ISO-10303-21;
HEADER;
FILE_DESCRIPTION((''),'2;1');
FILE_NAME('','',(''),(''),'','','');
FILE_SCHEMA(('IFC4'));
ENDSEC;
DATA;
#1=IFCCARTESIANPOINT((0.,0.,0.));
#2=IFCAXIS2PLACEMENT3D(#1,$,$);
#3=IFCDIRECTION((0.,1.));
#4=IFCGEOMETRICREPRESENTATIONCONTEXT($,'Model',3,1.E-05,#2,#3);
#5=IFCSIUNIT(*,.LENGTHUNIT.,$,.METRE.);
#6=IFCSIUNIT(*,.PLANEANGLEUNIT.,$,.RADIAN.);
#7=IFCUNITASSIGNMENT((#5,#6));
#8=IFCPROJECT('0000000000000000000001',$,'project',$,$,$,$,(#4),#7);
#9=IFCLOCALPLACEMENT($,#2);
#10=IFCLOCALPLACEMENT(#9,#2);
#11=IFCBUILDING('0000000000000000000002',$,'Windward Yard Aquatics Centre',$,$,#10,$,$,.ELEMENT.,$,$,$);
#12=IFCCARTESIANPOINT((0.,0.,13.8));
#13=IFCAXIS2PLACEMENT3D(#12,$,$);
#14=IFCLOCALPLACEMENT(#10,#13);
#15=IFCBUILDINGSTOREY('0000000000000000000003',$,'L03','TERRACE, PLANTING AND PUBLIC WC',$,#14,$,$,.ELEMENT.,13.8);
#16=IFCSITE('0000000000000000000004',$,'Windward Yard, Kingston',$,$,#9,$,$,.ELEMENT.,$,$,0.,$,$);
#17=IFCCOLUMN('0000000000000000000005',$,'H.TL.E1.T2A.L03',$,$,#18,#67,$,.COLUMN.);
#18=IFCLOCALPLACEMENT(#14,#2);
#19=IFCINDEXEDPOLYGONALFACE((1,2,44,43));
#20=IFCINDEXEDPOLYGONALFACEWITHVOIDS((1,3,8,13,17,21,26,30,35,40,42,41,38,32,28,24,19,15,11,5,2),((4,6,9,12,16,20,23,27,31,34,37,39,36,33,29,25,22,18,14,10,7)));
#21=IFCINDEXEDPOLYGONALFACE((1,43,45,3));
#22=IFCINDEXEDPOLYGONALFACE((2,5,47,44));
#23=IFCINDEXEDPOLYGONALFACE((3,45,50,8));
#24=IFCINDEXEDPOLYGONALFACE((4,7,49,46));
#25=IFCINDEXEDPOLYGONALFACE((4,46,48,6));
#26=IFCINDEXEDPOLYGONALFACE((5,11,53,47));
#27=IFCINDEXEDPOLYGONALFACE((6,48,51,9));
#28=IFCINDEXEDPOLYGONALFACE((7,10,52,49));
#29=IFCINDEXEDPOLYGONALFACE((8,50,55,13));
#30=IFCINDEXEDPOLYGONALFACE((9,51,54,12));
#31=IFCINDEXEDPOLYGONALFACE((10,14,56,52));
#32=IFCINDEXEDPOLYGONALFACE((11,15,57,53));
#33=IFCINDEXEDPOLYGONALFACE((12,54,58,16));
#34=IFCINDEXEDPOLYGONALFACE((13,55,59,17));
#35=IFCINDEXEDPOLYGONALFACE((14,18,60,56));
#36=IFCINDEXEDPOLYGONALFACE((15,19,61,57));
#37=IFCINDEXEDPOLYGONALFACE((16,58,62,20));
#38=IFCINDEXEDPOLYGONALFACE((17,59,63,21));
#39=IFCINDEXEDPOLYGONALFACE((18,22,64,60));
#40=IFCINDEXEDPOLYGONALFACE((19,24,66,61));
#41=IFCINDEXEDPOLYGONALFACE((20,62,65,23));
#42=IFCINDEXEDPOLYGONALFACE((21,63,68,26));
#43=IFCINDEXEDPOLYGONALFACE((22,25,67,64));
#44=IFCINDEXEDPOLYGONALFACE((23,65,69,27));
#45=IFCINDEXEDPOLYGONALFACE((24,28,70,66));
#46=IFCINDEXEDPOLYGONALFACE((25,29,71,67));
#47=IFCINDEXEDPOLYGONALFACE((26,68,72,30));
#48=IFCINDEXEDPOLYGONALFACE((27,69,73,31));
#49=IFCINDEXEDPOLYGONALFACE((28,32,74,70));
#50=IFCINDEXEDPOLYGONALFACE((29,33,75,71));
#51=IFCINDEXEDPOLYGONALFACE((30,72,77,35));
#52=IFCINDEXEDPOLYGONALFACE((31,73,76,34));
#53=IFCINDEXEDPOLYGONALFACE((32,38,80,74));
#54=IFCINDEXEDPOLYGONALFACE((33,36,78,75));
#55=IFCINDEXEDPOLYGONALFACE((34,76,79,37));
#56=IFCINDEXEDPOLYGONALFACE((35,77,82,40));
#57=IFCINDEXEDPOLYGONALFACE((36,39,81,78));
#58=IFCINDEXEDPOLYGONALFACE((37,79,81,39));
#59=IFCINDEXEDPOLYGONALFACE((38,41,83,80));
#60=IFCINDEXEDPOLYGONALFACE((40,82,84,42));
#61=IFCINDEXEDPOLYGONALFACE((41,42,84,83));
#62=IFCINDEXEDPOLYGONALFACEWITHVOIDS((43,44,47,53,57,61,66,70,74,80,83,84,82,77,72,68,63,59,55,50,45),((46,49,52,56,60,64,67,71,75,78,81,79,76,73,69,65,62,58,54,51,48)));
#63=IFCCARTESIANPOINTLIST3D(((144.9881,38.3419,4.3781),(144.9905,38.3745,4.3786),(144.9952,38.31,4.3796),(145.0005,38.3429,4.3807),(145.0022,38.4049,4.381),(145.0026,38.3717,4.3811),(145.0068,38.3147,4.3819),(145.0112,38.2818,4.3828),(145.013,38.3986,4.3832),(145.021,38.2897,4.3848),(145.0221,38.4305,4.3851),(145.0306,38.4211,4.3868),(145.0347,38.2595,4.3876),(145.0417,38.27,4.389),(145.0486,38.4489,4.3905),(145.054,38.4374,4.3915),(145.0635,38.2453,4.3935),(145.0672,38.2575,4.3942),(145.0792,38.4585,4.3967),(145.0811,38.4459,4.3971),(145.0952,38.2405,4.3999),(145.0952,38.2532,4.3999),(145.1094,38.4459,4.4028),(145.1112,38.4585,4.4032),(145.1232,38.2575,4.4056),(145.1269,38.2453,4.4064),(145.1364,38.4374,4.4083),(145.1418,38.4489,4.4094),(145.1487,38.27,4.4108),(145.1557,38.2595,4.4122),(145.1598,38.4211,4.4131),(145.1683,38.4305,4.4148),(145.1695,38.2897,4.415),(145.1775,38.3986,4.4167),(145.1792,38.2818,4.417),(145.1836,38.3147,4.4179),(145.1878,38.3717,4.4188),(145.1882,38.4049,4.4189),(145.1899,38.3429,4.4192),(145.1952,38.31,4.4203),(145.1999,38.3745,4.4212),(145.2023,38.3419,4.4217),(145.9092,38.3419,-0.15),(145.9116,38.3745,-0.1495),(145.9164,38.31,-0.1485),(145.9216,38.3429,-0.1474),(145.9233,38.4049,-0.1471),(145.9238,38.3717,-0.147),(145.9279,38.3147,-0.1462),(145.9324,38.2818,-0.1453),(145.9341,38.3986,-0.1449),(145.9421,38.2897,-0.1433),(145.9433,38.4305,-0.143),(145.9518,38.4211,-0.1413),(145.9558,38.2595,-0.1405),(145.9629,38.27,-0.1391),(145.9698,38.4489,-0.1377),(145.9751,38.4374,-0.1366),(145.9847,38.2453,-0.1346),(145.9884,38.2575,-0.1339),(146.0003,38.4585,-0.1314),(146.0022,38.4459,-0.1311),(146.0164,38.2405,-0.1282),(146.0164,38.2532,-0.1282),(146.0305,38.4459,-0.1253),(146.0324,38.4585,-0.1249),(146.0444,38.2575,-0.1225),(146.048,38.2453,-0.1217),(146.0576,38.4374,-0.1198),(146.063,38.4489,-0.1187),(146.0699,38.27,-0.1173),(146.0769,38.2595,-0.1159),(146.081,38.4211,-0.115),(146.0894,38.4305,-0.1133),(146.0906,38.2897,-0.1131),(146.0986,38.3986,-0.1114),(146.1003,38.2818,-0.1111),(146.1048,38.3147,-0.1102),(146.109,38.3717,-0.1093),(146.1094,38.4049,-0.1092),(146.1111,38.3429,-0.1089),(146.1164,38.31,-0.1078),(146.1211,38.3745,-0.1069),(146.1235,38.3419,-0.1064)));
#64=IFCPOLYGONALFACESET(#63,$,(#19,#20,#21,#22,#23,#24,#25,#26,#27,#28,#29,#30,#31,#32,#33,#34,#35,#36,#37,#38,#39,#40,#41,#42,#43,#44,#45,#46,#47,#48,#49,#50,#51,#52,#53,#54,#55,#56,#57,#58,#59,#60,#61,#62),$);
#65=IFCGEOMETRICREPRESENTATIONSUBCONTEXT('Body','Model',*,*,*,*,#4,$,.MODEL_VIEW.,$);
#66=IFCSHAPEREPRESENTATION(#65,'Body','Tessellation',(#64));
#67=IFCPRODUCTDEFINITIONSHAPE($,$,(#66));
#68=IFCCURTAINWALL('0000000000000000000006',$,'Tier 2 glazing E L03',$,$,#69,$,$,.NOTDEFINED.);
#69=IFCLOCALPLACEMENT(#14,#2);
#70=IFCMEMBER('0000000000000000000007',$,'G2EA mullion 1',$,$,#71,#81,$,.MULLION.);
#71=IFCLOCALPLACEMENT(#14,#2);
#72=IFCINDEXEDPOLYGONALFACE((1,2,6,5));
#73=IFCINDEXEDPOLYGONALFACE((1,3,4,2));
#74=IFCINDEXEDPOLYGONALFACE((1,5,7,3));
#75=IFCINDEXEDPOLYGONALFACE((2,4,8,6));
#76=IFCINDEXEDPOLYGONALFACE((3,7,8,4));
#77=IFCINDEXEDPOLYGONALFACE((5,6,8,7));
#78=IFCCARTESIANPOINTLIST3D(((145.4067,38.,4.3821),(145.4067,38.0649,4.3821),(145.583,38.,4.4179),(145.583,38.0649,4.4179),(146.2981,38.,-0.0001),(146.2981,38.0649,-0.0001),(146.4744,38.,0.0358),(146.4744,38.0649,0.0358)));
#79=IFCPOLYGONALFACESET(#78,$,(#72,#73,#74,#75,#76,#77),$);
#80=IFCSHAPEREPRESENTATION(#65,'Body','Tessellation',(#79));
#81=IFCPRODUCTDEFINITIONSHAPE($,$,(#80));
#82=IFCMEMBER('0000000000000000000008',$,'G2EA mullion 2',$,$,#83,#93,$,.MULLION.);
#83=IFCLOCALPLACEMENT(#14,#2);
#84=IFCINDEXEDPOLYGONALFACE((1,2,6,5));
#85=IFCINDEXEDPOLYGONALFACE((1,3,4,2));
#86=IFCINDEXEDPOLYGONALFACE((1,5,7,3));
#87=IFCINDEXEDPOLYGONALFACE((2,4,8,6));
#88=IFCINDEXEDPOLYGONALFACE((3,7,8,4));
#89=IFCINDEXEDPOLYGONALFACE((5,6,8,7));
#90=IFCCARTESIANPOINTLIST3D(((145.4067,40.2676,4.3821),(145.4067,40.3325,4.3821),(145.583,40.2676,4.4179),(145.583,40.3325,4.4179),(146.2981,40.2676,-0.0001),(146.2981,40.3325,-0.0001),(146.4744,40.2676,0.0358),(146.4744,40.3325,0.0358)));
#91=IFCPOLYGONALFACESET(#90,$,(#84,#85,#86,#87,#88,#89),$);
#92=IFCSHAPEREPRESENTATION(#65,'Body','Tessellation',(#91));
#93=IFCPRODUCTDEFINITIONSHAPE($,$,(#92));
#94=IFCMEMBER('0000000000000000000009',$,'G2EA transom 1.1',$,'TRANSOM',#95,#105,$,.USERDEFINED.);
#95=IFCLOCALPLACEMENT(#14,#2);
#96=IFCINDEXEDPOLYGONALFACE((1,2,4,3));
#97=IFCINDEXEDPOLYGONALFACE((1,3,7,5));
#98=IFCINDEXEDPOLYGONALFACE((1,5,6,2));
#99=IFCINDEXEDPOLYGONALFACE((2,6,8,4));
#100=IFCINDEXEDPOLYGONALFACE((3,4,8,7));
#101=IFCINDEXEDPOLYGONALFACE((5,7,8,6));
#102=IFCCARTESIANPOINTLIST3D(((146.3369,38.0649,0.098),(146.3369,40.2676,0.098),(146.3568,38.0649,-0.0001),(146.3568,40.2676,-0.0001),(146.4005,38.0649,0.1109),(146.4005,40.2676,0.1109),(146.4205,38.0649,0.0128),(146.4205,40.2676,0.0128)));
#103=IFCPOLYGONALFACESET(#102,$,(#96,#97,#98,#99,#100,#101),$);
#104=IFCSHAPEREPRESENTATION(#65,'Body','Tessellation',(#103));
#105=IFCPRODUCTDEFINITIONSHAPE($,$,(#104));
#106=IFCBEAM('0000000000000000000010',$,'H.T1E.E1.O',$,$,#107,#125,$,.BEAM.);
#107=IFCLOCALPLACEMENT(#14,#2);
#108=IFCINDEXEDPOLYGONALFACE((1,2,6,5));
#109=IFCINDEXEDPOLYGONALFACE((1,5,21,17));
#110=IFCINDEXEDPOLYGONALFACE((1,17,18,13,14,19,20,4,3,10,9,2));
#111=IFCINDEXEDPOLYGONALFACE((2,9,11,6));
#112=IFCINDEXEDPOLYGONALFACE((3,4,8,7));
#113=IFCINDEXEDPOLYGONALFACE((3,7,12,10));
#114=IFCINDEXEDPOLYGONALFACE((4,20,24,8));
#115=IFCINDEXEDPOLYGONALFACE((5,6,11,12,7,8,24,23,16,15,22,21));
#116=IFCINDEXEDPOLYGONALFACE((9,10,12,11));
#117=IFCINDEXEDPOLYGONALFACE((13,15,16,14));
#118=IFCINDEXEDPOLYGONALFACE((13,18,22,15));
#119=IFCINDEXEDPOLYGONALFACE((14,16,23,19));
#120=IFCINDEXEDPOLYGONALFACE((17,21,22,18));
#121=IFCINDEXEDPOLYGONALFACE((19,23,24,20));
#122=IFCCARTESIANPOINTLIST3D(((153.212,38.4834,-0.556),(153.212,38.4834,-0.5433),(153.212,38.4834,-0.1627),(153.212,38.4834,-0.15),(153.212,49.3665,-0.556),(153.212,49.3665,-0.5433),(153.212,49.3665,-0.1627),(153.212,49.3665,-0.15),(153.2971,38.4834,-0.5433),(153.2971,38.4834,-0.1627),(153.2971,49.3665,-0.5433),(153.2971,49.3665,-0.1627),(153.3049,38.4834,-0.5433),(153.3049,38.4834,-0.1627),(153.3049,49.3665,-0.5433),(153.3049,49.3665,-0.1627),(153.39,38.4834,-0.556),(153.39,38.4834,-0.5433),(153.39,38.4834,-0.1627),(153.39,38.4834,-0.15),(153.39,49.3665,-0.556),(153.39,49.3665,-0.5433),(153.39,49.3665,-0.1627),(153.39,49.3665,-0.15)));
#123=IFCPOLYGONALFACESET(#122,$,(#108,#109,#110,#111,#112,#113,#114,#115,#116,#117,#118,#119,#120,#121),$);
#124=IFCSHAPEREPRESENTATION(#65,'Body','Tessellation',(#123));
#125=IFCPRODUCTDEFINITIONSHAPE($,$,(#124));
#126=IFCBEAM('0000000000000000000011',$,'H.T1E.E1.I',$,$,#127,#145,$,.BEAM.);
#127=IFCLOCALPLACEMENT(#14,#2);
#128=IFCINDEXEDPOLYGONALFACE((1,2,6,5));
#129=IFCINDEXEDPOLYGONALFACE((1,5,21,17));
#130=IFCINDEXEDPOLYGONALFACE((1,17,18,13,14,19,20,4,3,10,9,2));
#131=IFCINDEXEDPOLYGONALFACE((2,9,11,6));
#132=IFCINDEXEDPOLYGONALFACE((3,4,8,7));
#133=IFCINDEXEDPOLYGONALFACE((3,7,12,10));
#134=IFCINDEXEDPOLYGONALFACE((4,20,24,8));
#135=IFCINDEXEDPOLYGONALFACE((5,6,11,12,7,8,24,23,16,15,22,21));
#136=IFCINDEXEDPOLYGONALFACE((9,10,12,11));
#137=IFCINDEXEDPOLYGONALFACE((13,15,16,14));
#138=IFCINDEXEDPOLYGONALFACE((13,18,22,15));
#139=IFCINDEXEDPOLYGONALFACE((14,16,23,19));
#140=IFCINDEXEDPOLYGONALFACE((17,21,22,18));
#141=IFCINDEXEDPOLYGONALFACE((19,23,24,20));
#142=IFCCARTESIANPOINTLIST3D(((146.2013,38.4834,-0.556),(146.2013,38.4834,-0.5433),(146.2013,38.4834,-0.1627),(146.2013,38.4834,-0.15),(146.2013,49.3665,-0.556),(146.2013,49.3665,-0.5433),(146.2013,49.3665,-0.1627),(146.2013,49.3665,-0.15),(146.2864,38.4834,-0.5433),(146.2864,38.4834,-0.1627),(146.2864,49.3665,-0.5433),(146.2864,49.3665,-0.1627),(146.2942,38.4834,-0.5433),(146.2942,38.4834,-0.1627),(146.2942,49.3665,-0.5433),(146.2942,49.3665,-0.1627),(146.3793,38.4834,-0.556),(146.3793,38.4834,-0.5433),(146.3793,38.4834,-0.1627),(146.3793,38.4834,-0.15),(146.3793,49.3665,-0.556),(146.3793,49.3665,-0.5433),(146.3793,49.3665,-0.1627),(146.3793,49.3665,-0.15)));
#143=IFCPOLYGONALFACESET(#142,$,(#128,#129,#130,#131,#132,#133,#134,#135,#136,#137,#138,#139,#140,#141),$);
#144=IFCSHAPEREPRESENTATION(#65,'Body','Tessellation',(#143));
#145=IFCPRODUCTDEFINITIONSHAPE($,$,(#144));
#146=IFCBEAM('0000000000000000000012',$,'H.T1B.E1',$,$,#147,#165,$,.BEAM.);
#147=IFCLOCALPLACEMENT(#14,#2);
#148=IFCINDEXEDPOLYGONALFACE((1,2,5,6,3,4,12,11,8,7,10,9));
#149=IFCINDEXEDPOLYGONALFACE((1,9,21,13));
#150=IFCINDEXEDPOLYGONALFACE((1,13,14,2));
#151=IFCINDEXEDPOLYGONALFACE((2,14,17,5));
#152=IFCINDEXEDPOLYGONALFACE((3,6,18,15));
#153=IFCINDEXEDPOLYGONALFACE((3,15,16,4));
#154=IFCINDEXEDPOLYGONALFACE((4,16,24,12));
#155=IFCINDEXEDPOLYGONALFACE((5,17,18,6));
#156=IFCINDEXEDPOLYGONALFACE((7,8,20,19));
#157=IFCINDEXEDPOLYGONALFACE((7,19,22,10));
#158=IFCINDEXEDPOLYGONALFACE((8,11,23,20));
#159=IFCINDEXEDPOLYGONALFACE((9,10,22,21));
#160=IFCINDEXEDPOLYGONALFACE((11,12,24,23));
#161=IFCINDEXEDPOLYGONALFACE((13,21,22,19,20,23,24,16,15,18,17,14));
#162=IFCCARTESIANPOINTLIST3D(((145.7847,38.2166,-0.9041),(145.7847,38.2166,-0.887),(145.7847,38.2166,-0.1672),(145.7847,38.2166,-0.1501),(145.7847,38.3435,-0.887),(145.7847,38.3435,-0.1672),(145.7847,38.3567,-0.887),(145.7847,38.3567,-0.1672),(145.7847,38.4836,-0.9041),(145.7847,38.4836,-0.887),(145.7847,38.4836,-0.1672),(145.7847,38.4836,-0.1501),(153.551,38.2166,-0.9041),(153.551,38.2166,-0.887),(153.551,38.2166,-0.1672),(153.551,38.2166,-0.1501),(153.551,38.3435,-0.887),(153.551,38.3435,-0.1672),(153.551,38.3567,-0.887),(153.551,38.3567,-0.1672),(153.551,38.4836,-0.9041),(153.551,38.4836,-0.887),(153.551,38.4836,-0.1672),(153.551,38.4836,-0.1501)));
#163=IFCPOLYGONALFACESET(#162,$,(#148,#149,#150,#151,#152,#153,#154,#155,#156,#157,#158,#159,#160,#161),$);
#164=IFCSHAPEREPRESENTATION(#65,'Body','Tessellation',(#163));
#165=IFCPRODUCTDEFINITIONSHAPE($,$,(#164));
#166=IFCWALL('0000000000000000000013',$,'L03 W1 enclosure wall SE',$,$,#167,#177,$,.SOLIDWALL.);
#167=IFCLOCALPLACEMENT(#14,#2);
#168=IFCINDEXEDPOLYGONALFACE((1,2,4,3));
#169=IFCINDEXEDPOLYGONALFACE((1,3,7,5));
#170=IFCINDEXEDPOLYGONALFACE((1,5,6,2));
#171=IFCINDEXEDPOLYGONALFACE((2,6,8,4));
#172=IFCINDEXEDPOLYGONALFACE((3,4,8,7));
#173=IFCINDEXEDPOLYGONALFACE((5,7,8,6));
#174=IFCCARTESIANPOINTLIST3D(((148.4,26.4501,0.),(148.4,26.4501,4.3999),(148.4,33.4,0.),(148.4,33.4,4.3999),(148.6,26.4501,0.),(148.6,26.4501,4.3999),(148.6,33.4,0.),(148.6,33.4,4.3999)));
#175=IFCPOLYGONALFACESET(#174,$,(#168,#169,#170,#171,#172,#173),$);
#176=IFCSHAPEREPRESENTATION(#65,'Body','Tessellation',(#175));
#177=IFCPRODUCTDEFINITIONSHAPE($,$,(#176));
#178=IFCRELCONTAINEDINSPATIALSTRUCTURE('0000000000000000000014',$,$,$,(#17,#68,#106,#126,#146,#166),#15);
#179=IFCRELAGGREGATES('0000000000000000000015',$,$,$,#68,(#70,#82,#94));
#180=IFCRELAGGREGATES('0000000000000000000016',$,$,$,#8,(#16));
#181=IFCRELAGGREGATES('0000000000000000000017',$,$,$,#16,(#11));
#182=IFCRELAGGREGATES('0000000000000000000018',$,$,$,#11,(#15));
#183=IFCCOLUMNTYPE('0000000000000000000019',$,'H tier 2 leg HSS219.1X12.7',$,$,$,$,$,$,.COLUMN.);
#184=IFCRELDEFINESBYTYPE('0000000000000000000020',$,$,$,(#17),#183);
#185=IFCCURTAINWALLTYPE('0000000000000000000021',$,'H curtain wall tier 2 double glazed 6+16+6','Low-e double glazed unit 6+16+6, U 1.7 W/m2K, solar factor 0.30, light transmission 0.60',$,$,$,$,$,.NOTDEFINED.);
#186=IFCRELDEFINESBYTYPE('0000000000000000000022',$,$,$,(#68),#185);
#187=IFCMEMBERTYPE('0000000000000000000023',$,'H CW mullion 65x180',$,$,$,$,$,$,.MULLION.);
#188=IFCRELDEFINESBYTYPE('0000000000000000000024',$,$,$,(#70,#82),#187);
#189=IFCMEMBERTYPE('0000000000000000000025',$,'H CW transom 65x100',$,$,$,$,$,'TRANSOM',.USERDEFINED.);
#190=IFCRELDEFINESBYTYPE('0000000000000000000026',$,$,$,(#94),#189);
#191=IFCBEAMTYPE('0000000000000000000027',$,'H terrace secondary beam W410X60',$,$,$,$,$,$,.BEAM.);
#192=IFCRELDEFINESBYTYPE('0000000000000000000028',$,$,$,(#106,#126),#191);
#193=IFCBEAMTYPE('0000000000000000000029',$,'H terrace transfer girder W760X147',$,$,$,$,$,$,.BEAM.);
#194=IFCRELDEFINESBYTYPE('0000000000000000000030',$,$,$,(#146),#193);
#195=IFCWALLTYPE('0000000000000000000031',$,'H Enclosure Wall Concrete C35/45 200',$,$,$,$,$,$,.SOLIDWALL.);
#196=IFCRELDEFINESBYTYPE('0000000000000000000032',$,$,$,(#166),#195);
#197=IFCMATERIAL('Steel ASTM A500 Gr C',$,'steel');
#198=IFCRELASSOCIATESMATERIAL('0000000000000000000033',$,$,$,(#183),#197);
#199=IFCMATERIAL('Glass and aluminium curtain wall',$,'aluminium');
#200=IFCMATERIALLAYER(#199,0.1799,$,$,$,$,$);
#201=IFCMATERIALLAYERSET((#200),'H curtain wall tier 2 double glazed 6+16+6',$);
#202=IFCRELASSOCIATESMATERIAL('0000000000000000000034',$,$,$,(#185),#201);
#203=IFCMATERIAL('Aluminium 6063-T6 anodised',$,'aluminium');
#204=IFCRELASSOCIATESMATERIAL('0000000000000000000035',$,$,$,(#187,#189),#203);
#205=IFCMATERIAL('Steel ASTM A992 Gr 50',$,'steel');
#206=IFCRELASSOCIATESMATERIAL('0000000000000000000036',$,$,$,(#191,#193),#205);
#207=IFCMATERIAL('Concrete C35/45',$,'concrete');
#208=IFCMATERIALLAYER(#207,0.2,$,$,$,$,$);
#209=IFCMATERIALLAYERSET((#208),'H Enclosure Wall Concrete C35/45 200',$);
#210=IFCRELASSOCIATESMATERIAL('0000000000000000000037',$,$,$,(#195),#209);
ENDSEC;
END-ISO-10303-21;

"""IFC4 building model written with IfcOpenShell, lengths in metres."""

from ifc_helpers import new_model, si_unit, direction, frame, frame_2d, origin, origin_2d, place, context, subcontext, project, spatial, rectangle, hollow_circle, i_section, extrude, material, layer, layer_set, material_profile, profile_set, type_object, element, aggregate, save


model = new_model("IFC4")

# Units and contexts
model_context = context("Model", 3, precision=1e-05, world=origin(), true_north=direction((0.0, 1.0)))
body_context = subcontext(model_context, "Body", "Model", "MODEL_VIEW")
ifc_project = project(units=[si_unit("LENGTHUNIT", "METRE"), si_unit("PLANEANGLEUNIT", "RADIAN")], contexts=[model_context])

# Site, building, storey
site_placement = place(None, origin())
site = spatial("IfcSite", under=ifc_project, at=site_placement, Name="Windward Yard, Kingston", CompositionType="ELEMENT", RefElevation=0.0)
building_placement = place(site_placement, origin())
building = spatial("IfcBuilding", under=site, at=building_placement, Name="Windward Yard Aquatics Centre", CompositionType="ELEMENT")
storey_placement = place(building_placement, frame((0.0, 0.0, 13.8)))
storey = spatial("IfcBuildingStorey", under=building, at=storey_placement, Name="L03", Description="TERRACE, PLANTING AND PUBLIC WC", CompositionType="ELEMENT", Elevation=13.8)

# Column
ifc_material_1 = material(Name="Steel ASTM A500 Gr C", Category="steel")
ifc_material_profile_1 = material_profile(ifc_material_1, hollow_circle(Radius=0.1096, WallThickness=0.0127, at=origin_2d()), Name="HSS219.1X12.7")
ifc_profile_set_1 = profile_set([ifc_material_profile_1], Name="Steel ASTM A500 Gr C")
column_type = type_object("IfcColumnType", Name="H tier 2 leg HSS219.1X12.7", PredefinedType="COLUMN", material=ifc_profile_set_1)
column_placement = place(storey_placement, frame((146.0164, 38.3501, -0.1282), z_axis=(-0.199346, 0.0, 0.979929), x_axis=(0.0, -1.0, 0.0)))
element("IfcColumn", 1, at=column_placement, inside=storey, type_object=column_type, Name="H.TL.E1.T2A.L03", PredefinedType="COLUMN", context=body_context, shape_type="SweptSolid", body=[
    extrude(hollow_circle(Radius=0.1096, WallThickness=0.0127, at=origin_2d()), origin(), (0.0, 0.0, 1.0), 4.6208),
])

# Curtain wall, members
ifc_material_2 = material(Name="Glass and aluminium curtain wall", Category="aluminium")
ifc_layer_1 = layer(ifc_material_2, 0.1799)
ifc_layer_set_1 = layer_set([ifc_layer_1], Name="H curtain wall tier 2 double glazed 6+16+6")
curtain_wall_type = type_object("IfcCurtainWallType", Name="H curtain wall tier 2 double glazed 6+16+6", Description="Low-e double glazed unit 6+16+6, U 1.7 W/m2K, solar factor 0.30, light transmission 0.60", PredefinedType="NOTDEFINED", material=ifc_layer_set_1)
curtain_wall_placement = place(storey_placement, origin())
curtain_wall = element("IfcCurtainWall", 2, at=curtain_wall_placement, inside=storey, type_object=curtain_wall_type, Name="Tier 2 glazing E L03", PredefinedType="NOTDEFINED")
ifc_material_3 = material(Name="Aluminium 6063-T6 anodised", Category="aluminium")
ifc_material_profile_2 = material_profile(ifc_material_3, rectangle(XDim=0.0649, YDim=0.1799, at=origin_2d()), Name="H CW mullion 65x180")
ifc_profile_set_2 = profile_set([ifc_material_profile_2], Name="Aluminium 6063-T6 anodised")
member_type_1 = type_object("IfcMemberType", Name="H CW mullion 65x180", PredefinedType="MULLION", material=ifc_profile_set_2)
member_1_placement = place(storey_placement, frame((146.3862, 38.0325, 0.0178), z_axis=(-0.199328, 0.0, 0.979933), x_axis=(0.0, -1.0, 0.0)))
member_1 = element("IfcMember", 3, at=member_1_placement, type_object=member_type_1, Name="G2EA mullion 1", PredefinedType="MULLION", context=body_context, shape_type="SweptSolid", body=[
    extrude(rectangle(XDim=0.0649, YDim=0.1799, at=origin_2d()), origin(), (0.0, 0.0, 1.0), 4.4719),
])
member_2_placement = place(storey_placement, frame((146.3862, 40.3, 0.0178), z_axis=(-0.199328, 0.0, 0.979933), x_axis=(0.0, -1.0, 0.0)))
member_2 = element("IfcMember", 4, at=member_2_placement, type_object=member_type_1, Name="G2EA mullion 2", PredefinedType="MULLION", context=body_context, shape_type="SweptSolid", body=[
    extrude(rectangle(XDim=0.0649, YDim=0.1799, at=origin_2d()), origin(), (0.0, 0.0, 1.0), 4.4719),
])
ifc_material_profile_3 = material_profile(ifc_material_3, rectangle(XDim=0.0649, YDim=0.1001, at=origin_2d()), Name="H CW transom 65x100")
ifc_profile_set_3 = profile_set([ifc_material_profile_3], Name="Aluminium 6063-T6 anodised")
member_type_2 = type_object("IfcMemberType", Name="H CW transom 65x100", ElementType="TRANSOM", PredefinedType="USERDEFINED", material=ifc_profile_set_3)
member_3_placement = place(storey_placement, frame((146.3787, 38.0649, 0.0554), z_axis=(0.0, 1.0, 0.0), x_axis=(0.979925, 0.0, 0.199368)))
member_3 = element("IfcMember", 5, at=member_3_placement, type_object=member_type_2, Name="G2EA transom 1.1", ObjectType="TRANSOM", PredefinedType="USERDEFINED", context=body_context, shape_type="SweptSolid", body=[
    extrude(rectangle(XDim=0.0649, YDim=0.1001, at=origin_2d()), origin(), (0.0, 0.0, 1.0), 2.2026),
])
aggregate(curtain_wall, [member_1, member_2, member_3])

# Beams
ifc_material_4 = material(Name="Steel ASTM A992 Gr 50", Category="steel")
ifc_material_profile_4 = material_profile(ifc_material_4, i_section(OverallWidth=0.178, OverallDepth=0.406, WebThickness=0.0078, FlangeThickness=0.0127, at=origin_2d()), Name="W410X60")
ifc_profile_set_4 = profile_set([ifc_material_profile_4], Name="Steel ASTM A992 Gr 50")
beam_type_1 = type_object("IfcBeamType", Name="H terrace secondary beam W410X60", PredefinedType="BEAM", material=ifc_profile_set_4)
for number, where, z_axis, x_axis, name in (
    (6, (153.301, 38.4834, -0.353), (0.0, 1.0, 0.0), (-1.0, 0.0, 0.0), "H.T1E.E1.O"),
    (7, (146.2903, 38.4834, -0.353), (0.0, 1.0, 0.0), (-1.0, 0.0, 0.0), "H.T1E.E1.I"),
):
    element("IfcBeam", number, at=place(storey_placement, frame(where, z_axis=z_axis, x_axis=x_axis)), inside=storey, type_object=beam_type_1, Name=name, PredefinedType="BEAM", context=body_context, shape_type="SweptSolid", body=[
        extrude(i_section(OverallWidth=0.178, OverallDepth=0.406, WebThickness=0.0078, FlangeThickness=0.0127, at=origin_2d()), origin(), (0.0, 0.0, 1.0), 10.8831),
    ])
ifc_material_profile_5 = material_profile(ifc_material_4, i_section(OverallWidth=0.2671, OverallDepth=0.7539, WebThickness=0.0132, FlangeThickness=0.0171, at=origin_2d()), Name="W760X147")
ifc_profile_set_5 = profile_set([ifc_material_profile_5], Name="Steel ASTM A992 Gr 50")
beam_type_2 = type_object("IfcBeamType", Name="H terrace transfer girder W760X147", PredefinedType="BEAM", material=ifc_profile_set_5)
beam_placement = place(storey_placement, frame((153.551, 38.3501, -0.5271), z_axis=(-1.0, 0.0, 0.0), x_axis=(0.0, -1.0, 0.0)))
element("IfcBeam", 8, at=beam_placement, inside=storey, type_object=beam_type_2, Name="H.T1B.E1", PredefinedType="BEAM", context=body_context, shape_type="SweptSolid", body=[
    extrude(i_section(OverallWidth=0.2671, OverallDepth=0.7539, WebThickness=0.0132, FlangeThickness=0.0171, at=origin_2d()), origin(), (0.0, 0.0, 1.0), 7.7664),
])

# Wall
ifc_material_5 = material(Name="Concrete C35/45", Category="concrete")
ifc_layer_2 = layer(ifc_material_5, 0.2)
ifc_layer_set_2 = layer_set([ifc_layer_2], Name="H Enclosure Wall Concrete C35/45 200")
wall_type_1 = type_object("IfcWallType", Name="H Enclosure Wall Concrete C35/45 200", PredefinedType="SOLIDWALL", material=ifc_layer_set_2)
wall_1_placement = place(storey_placement, frame((148.5, 26.45, 0.0), z_axis=(0.0, 0.0, 1.0), x_axis=(0.0, 1.0, 0.0)))
element("IfcWall", 9, at=wall_1_placement, inside=storey, type_object=wall_type_1, Name="L03 W1 enclosure wall SE", PredefinedType="SOLIDWALL", context=body_context, shape_type="SweptSolid", body=[
    extrude(rectangle(XDim=6.95, YDim=0.2, at=frame_2d((3.4751, 0.0))), origin(), (0.0, 0.0, 1.0), 4.3999),
])

save(model, "model.ifc")
